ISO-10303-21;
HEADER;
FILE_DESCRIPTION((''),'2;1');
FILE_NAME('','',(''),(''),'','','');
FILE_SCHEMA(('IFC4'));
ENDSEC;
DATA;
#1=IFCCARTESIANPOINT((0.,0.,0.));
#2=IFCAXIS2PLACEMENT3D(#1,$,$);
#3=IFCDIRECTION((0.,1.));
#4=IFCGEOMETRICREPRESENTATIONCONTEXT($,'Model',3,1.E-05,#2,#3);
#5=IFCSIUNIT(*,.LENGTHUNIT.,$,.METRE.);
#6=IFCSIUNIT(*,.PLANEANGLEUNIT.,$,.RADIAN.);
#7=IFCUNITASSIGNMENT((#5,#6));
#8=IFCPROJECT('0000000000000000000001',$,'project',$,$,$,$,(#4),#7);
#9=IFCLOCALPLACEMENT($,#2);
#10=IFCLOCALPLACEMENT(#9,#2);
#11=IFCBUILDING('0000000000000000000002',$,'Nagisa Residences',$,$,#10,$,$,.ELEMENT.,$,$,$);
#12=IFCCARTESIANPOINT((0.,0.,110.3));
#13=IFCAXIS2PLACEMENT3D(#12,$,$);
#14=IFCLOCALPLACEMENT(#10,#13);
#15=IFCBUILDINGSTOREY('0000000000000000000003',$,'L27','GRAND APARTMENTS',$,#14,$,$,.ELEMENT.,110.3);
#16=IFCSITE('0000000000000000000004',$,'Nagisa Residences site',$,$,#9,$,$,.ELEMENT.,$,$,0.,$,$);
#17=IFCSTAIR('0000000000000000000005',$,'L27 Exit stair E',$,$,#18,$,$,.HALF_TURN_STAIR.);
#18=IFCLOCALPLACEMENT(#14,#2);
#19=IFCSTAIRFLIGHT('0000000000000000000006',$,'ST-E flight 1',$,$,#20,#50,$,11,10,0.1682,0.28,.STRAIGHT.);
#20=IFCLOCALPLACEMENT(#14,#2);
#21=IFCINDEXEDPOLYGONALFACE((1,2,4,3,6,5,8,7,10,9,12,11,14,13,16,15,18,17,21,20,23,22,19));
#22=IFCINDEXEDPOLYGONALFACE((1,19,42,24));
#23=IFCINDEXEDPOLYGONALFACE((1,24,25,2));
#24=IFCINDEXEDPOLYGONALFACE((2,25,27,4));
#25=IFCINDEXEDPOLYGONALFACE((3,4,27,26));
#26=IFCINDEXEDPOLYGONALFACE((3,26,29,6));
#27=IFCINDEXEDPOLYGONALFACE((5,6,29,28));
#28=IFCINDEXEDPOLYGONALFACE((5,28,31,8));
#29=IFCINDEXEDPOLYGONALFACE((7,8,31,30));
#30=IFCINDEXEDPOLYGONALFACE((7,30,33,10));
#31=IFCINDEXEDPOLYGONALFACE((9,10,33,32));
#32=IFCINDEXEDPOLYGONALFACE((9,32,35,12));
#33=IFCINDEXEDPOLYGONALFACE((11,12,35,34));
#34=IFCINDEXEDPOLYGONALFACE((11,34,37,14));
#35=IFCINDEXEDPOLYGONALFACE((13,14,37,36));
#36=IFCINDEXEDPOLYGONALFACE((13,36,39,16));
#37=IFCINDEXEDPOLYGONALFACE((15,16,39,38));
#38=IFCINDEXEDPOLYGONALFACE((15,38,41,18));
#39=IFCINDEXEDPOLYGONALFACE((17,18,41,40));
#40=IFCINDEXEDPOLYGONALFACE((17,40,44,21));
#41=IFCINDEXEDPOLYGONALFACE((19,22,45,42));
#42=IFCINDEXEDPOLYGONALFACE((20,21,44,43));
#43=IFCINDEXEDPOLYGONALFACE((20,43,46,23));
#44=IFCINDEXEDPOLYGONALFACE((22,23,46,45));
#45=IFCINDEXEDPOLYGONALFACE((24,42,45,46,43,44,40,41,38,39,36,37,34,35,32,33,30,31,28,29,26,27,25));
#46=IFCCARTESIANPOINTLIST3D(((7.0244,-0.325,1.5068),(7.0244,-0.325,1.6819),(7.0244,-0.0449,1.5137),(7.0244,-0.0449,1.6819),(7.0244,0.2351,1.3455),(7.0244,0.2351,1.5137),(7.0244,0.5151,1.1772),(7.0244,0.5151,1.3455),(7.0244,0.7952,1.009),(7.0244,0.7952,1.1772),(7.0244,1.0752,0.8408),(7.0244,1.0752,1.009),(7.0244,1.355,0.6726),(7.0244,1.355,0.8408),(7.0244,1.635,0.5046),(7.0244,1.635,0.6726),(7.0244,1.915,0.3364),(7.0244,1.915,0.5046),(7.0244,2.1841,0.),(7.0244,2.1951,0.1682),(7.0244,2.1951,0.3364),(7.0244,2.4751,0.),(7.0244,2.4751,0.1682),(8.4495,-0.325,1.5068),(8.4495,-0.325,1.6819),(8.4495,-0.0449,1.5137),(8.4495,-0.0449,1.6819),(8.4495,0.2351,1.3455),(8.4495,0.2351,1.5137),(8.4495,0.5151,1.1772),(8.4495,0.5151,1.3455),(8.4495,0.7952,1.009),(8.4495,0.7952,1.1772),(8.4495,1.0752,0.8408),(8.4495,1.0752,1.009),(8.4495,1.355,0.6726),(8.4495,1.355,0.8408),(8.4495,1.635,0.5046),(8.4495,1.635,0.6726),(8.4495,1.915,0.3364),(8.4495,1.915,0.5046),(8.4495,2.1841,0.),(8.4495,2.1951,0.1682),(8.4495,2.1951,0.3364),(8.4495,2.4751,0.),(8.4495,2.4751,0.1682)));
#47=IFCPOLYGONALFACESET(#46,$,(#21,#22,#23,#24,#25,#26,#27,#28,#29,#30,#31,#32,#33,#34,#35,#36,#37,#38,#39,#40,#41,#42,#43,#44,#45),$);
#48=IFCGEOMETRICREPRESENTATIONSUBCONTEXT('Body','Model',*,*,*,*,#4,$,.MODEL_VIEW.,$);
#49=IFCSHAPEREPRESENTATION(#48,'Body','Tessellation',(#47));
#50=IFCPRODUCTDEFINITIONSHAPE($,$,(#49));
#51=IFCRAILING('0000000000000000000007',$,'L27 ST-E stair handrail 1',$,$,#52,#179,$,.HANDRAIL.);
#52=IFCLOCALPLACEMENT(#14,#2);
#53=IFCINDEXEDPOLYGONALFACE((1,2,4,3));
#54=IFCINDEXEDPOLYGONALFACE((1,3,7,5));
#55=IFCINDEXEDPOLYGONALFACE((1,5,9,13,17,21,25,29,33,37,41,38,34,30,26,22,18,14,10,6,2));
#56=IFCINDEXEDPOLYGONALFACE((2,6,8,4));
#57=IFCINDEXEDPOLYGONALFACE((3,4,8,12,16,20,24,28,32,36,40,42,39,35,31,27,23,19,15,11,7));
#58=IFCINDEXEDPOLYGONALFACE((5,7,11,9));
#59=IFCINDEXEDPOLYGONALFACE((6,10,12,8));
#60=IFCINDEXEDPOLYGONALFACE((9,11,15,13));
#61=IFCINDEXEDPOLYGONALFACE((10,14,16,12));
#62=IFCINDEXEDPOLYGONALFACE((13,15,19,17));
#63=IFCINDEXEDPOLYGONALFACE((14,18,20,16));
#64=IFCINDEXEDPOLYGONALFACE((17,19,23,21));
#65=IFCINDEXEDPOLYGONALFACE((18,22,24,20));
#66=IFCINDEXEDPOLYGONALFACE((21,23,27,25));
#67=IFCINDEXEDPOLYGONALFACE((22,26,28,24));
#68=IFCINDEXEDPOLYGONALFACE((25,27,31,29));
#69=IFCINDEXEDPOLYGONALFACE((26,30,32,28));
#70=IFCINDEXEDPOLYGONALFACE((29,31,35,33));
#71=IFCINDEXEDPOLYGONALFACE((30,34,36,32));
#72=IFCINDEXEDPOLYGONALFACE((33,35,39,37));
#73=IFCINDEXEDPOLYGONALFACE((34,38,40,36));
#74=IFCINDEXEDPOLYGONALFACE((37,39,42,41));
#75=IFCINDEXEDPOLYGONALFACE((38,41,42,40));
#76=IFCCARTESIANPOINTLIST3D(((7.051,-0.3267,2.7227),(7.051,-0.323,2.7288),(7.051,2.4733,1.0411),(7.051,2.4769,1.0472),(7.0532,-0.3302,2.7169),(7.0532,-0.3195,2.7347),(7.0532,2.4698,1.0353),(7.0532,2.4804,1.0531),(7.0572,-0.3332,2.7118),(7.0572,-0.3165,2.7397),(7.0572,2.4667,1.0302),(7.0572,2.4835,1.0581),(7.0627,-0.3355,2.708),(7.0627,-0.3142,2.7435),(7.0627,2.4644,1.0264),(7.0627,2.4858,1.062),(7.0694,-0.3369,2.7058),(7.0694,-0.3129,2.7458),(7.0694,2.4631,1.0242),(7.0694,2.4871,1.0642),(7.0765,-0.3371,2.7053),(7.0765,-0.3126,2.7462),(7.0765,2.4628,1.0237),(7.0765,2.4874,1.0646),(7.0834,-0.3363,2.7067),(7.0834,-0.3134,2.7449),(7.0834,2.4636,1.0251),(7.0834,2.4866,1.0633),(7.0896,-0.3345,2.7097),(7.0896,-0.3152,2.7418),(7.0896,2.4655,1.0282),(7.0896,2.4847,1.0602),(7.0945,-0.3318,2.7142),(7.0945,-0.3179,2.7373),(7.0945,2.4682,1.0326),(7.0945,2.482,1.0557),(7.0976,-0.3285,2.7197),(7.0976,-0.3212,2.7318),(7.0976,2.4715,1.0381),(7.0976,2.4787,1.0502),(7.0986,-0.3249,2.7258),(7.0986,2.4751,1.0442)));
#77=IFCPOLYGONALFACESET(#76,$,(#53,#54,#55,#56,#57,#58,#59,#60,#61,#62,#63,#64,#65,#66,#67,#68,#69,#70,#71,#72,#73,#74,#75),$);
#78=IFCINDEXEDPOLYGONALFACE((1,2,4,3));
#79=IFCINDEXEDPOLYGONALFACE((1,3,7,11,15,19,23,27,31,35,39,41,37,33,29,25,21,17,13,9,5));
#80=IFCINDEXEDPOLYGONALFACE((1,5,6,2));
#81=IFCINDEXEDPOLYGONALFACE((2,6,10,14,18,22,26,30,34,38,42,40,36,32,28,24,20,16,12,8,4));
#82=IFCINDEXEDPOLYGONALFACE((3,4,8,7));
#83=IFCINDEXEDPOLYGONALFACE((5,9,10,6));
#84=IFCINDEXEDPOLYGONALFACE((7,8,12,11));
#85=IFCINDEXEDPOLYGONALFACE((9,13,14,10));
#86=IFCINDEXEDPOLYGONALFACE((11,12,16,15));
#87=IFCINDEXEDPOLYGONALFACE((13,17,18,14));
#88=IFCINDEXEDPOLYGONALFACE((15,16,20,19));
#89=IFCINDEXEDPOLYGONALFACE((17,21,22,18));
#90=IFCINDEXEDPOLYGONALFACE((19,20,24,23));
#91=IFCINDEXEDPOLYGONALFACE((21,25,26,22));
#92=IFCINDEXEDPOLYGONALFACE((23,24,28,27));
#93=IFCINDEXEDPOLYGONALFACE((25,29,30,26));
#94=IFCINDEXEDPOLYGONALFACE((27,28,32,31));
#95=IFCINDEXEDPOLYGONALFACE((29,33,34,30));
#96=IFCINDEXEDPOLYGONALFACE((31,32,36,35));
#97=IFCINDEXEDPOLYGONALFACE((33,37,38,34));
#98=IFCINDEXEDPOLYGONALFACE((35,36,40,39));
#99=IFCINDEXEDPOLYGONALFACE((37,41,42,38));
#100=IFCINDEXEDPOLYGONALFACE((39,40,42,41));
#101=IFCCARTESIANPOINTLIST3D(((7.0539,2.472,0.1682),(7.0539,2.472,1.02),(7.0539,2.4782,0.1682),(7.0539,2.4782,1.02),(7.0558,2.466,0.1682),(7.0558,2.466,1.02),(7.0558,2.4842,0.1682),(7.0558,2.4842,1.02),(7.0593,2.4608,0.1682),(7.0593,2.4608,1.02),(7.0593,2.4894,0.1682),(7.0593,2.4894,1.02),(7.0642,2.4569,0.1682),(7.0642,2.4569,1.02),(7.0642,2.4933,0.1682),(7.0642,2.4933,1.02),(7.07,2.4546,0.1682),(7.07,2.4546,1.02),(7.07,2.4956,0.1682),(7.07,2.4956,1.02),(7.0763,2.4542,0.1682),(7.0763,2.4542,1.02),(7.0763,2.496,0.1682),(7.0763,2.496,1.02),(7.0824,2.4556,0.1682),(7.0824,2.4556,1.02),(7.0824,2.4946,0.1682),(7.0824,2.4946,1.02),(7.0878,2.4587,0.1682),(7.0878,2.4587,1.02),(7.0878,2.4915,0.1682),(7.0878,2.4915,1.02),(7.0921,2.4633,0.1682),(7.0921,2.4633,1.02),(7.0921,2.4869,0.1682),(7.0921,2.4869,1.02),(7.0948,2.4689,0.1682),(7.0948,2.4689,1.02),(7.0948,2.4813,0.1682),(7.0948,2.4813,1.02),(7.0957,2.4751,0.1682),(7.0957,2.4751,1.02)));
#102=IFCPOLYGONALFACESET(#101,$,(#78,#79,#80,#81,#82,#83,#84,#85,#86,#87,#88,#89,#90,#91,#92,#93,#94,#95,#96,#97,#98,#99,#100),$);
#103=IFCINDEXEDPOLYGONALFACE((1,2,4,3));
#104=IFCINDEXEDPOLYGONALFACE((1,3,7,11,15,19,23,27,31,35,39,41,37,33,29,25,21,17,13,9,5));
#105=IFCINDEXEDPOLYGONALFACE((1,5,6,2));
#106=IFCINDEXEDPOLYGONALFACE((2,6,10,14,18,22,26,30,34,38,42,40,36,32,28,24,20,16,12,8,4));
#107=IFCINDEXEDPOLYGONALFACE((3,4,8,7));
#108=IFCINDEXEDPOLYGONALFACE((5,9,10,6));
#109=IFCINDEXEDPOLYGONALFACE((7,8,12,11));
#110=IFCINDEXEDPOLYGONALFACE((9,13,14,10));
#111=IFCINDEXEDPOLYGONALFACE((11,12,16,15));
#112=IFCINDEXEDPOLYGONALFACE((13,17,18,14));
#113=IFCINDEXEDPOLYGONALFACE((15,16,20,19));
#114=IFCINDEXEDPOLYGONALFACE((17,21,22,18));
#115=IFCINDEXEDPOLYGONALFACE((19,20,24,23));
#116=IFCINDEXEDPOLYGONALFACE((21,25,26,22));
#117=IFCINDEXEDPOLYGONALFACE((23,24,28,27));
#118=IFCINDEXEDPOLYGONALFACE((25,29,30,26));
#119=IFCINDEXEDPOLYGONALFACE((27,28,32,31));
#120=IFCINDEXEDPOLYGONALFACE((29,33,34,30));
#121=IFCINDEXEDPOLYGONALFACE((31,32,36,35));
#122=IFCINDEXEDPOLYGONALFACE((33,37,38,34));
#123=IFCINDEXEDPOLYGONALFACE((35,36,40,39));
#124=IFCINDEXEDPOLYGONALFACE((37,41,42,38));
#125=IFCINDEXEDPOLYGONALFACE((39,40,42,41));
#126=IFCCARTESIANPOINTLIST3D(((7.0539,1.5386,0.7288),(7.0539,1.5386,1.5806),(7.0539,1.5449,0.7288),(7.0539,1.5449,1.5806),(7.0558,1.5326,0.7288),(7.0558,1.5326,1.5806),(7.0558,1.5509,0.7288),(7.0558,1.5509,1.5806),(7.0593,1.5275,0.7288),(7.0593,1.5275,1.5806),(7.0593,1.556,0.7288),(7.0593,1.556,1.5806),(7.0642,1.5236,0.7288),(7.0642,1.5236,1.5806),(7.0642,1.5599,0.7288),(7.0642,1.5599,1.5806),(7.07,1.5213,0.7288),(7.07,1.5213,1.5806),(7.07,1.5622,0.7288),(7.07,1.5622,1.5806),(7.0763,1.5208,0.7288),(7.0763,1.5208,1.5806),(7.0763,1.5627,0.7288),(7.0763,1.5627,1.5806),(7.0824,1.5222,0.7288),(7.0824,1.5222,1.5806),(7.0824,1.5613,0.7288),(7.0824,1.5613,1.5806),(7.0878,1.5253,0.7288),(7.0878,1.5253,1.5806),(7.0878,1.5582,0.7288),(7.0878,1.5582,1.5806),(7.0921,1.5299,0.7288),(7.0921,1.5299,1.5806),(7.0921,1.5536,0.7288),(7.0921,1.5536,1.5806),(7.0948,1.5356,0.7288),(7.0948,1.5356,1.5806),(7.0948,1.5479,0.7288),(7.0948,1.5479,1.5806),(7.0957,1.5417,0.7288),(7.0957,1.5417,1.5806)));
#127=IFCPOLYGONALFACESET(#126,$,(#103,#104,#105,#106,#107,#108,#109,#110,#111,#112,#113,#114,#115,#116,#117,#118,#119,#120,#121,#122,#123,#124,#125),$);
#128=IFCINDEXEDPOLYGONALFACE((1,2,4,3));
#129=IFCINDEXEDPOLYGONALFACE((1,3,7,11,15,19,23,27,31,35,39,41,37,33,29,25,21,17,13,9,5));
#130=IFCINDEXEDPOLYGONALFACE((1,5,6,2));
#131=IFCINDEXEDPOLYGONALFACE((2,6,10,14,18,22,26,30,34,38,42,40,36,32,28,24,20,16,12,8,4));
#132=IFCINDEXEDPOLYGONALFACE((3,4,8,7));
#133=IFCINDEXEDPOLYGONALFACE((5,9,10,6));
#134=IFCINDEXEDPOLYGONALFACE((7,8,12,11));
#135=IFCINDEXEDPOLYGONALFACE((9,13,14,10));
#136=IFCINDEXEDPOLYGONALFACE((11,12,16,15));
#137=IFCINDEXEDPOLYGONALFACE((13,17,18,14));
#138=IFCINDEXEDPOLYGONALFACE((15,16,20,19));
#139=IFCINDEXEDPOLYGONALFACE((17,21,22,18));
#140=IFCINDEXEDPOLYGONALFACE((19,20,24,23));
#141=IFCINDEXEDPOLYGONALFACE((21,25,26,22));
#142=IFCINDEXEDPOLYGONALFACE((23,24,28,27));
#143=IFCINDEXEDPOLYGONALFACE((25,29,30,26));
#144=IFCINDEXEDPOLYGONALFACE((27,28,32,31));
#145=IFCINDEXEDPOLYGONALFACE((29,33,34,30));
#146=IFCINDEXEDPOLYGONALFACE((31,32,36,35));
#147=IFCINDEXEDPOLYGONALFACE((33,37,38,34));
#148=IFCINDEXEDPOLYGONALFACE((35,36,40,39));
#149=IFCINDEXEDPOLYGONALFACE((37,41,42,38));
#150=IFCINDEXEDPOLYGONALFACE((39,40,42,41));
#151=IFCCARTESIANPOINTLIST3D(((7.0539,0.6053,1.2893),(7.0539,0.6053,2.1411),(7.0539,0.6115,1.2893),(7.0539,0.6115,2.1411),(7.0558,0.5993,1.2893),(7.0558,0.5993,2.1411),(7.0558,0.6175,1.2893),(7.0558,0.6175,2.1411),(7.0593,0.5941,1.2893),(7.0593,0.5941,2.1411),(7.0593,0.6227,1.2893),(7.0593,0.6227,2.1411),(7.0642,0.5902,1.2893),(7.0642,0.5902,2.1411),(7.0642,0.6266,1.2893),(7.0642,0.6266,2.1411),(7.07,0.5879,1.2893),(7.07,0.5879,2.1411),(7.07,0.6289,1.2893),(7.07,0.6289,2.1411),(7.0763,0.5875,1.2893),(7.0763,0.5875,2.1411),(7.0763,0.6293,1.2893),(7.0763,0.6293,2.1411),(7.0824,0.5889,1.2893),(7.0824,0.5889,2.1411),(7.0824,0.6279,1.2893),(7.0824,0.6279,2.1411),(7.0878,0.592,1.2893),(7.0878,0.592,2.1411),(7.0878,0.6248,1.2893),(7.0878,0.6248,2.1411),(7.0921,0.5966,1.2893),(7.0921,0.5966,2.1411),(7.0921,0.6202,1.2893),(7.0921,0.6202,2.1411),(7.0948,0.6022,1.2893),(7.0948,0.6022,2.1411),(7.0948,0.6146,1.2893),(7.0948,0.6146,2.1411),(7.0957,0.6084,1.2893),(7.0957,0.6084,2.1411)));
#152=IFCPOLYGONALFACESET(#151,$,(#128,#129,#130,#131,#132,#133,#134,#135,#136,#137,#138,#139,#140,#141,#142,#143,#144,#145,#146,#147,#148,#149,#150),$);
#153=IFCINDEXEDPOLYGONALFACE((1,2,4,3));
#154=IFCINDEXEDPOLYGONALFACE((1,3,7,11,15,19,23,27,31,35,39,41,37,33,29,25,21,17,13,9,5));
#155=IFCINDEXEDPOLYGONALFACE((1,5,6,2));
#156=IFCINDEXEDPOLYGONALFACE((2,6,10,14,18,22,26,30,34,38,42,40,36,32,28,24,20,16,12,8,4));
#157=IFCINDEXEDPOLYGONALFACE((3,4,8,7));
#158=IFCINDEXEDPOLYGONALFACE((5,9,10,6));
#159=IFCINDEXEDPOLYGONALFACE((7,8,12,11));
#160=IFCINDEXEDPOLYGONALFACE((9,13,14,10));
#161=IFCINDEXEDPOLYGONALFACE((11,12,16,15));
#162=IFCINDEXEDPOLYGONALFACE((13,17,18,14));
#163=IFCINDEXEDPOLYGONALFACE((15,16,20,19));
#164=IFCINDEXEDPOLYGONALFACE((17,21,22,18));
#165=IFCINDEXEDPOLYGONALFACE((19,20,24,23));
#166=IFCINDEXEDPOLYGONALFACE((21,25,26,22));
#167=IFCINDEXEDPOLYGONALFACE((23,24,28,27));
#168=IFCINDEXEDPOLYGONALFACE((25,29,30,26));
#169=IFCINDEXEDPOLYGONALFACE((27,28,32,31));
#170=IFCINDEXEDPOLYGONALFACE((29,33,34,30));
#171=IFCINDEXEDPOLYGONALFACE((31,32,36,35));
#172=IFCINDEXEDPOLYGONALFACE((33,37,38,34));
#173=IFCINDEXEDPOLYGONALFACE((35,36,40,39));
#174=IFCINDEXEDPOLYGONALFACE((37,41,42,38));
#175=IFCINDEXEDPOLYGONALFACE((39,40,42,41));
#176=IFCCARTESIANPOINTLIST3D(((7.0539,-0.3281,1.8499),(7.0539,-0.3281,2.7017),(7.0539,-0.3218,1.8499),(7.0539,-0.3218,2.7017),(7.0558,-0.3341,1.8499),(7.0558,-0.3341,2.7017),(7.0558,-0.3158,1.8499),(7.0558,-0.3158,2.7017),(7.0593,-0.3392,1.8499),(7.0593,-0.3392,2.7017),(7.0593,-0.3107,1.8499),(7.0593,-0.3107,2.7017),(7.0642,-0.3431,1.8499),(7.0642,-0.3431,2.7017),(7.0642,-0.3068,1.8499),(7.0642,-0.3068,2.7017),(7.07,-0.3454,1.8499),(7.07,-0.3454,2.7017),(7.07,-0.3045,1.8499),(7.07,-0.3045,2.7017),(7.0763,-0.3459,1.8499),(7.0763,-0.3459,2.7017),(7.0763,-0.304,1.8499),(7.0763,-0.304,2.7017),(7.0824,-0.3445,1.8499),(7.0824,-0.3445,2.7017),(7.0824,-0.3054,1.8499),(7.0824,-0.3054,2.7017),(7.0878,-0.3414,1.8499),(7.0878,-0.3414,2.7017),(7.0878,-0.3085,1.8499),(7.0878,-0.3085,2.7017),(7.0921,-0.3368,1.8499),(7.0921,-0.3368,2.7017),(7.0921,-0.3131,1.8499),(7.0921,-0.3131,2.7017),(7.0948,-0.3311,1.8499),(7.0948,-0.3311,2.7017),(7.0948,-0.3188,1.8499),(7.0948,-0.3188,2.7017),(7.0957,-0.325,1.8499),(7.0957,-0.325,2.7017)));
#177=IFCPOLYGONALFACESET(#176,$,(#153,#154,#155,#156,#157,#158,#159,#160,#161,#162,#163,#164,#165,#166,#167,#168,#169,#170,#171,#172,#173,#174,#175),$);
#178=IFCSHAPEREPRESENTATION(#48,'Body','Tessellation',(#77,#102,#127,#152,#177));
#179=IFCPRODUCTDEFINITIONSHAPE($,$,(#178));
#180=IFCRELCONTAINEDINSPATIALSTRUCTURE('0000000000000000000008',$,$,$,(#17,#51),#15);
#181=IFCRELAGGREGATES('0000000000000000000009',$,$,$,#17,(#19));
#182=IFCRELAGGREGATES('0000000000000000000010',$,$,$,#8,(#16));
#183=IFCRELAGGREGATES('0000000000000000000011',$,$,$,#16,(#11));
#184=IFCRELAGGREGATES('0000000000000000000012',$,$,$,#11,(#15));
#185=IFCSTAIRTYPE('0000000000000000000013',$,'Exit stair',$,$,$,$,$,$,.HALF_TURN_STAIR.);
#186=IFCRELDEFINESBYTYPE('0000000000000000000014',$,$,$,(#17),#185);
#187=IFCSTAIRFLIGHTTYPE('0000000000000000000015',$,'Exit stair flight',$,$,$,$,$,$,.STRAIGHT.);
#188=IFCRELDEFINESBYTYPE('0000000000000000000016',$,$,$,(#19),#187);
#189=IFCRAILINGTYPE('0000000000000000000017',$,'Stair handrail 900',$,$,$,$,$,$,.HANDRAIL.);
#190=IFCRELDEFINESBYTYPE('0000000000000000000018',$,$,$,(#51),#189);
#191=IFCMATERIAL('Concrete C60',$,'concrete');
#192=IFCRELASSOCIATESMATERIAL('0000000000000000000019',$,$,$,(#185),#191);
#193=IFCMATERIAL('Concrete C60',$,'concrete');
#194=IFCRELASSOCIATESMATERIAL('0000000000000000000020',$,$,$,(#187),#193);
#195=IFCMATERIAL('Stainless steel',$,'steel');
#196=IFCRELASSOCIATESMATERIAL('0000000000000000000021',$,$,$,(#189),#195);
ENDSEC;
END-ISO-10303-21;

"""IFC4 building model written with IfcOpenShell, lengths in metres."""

from ifc_helpers import new_model, si_unit, direction, frame, origin, origin_2d, place, context, subcontext, project, spatial, polyline, circle, outline, extrude, material, type_object, element, aggregate, save


model = new_model("IFC4")

# Units and contexts
model_context = context("Model", 3, precision=1e-05, world=origin(), true_north=direction((0.0, 1.0)))
body_context = subcontext(model_context, "Body", "Model", "MODEL_VIEW")
ifc_project = project(units=[si_unit("LENGTHUNIT", "METRE"), si_unit("PLANEANGLEUNIT", "RADIAN")], contexts=[model_context])

# Site, building, storey
site_placement = place(None, origin())
site = spatial("IfcSite", under=ifc_project, at=site_placement, Name="Nagisa Residences site", CompositionType="ELEMENT", RefElevation=0.0)
building_placement = place(site_placement, origin())
building = spatial("IfcBuilding", under=site, at=building_placement, Name="Nagisa Residences", CompositionType="ELEMENT")
storey_placement = place(building_placement, frame((0.0, 0.0, 110.3)))
storey = spatial("IfcBuildingStorey", under=building, at=storey_placement, Name="L27", Description="GRAND APARTMENTS", CompositionType="ELEMENT", Elevation=110.3)

# Stair
ifc_material_1 = material(Name="Concrete C60", Category="concrete")
stair_type = type_object("IfcStairType", Name="Exit stair", PredefinedType="HALF_TURN_STAIR", material=ifc_material_1)
stair_1_placement = place(storey_placement, origin())
stair_1 = element("IfcStair", 1, at=stair_1_placement, inside=storey, type_object=stair_type, Name="L27 Exit stair E", PredefinedType="HALF_TURN_STAIR")

# Stair flight
ifc_material_2 = material(Name="Concrete C60", Category="concrete")
stair_flight_type = type_object("IfcStairFlightType", Name="Exit stair flight", PredefinedType="STRAIGHT", material=ifc_material_2)
stair_flight_placement = place(storey_placement, frame((7.7371, 2.4751, 0.0), z_axis=(0.0, 0.0, 1.0), x_axis=(0.0, -1.0, 0.0)))
stair_flight = element("IfcStairFlight", 2, at=stair_flight_placement, type_object=stair_flight_type, Name="ST-E flight 1", NumberOfRisers=11, NumberOfTreads=10, PredefinedType="STRAIGHT", RiserHeight=0.1682, TreadLength=0.28, context=body_context, shape_type="SweptSolid", body=[
    extrude(outline(polyline([(0.0, 0.0), (0.0, 0.1682), (0.28, 0.1682), (0.28, 0.3364), (0.5601, 0.3364), (0.5601, 0.5046), (0.8401, 0.5046), (0.8401, 0.6726), (1.1201, 0.6726), (1.1201, 0.8408), (1.3999, 0.8408), (1.3999, 1.009), (1.6799, 1.009), (1.6799, 1.1772), (1.96, 1.1772), (1.96, 1.3455), (2.24, 1.3455), (2.24, 1.5137), (2.52, 1.5137), (2.52, 1.6819), (2.8, 1.6819), (2.8, 1.8501), (2.8, 1.5068), (0.291, 0.0), (0.0, 0.0)])), frame((0.0, 0.7124, 0.0), z_axis=(0.0, -1.0, 0.0), x_axis=(1.0, 0.0, 0.0)), (0.0, 0.0, 1.0), 1.425),
])
aggregate(stair_1, [stair_flight])

# Railing
ifc_material_3 = material(Name="Stainless steel", Category="steel")
railing_type_1 = type_object("IfcRailingType", Name="Stair handrail 900", PredefinedType="HANDRAIL", material=ifc_material_3)
railing_1_placement = place(storey_placement, frame((7.0747, 2.4751, 0.1682)))
element("IfcRailing", 3, at=railing_1_placement, inside=storey, type_object=railing_type_1, Name="L27 ST-E stair handrail 1", PredefinedType="HANDRAIL", context=body_context, shape_type="SweptSolid", body=[
    extrude(circle(Radius=0.0239, at=origin_2d()), frame((0.0, 0.0, 0.876), z_axis=(0.0, -0.857275, 0.514858), x_axis=(1.0, 0.0, 0.0)), (0.0, 0.0, 1.0), 3.2661),
    extrude(circle(Radius=0.021, at=origin_2d()), origin(), (0.0, 0.0, 1.0), 0.8518),
    extrude(circle(Radius=0.021, at=origin_2d()), frame((0.0, -0.9333, 0.5605)), (0.0, 0.0, 1.0), 0.8518),
    extrude(circle(Radius=0.021, at=origin_2d()), frame((0.0, -1.8667, 1.1211)), (0.0, 0.0, 1.0), 0.8518),
    extrude(circle(Radius=0.021, at=origin_2d()), frame((0.0, -2.8, 1.6816)), (0.0, 0.0, 1.0), 0.8518),
])

save(model, "model.ifc")
